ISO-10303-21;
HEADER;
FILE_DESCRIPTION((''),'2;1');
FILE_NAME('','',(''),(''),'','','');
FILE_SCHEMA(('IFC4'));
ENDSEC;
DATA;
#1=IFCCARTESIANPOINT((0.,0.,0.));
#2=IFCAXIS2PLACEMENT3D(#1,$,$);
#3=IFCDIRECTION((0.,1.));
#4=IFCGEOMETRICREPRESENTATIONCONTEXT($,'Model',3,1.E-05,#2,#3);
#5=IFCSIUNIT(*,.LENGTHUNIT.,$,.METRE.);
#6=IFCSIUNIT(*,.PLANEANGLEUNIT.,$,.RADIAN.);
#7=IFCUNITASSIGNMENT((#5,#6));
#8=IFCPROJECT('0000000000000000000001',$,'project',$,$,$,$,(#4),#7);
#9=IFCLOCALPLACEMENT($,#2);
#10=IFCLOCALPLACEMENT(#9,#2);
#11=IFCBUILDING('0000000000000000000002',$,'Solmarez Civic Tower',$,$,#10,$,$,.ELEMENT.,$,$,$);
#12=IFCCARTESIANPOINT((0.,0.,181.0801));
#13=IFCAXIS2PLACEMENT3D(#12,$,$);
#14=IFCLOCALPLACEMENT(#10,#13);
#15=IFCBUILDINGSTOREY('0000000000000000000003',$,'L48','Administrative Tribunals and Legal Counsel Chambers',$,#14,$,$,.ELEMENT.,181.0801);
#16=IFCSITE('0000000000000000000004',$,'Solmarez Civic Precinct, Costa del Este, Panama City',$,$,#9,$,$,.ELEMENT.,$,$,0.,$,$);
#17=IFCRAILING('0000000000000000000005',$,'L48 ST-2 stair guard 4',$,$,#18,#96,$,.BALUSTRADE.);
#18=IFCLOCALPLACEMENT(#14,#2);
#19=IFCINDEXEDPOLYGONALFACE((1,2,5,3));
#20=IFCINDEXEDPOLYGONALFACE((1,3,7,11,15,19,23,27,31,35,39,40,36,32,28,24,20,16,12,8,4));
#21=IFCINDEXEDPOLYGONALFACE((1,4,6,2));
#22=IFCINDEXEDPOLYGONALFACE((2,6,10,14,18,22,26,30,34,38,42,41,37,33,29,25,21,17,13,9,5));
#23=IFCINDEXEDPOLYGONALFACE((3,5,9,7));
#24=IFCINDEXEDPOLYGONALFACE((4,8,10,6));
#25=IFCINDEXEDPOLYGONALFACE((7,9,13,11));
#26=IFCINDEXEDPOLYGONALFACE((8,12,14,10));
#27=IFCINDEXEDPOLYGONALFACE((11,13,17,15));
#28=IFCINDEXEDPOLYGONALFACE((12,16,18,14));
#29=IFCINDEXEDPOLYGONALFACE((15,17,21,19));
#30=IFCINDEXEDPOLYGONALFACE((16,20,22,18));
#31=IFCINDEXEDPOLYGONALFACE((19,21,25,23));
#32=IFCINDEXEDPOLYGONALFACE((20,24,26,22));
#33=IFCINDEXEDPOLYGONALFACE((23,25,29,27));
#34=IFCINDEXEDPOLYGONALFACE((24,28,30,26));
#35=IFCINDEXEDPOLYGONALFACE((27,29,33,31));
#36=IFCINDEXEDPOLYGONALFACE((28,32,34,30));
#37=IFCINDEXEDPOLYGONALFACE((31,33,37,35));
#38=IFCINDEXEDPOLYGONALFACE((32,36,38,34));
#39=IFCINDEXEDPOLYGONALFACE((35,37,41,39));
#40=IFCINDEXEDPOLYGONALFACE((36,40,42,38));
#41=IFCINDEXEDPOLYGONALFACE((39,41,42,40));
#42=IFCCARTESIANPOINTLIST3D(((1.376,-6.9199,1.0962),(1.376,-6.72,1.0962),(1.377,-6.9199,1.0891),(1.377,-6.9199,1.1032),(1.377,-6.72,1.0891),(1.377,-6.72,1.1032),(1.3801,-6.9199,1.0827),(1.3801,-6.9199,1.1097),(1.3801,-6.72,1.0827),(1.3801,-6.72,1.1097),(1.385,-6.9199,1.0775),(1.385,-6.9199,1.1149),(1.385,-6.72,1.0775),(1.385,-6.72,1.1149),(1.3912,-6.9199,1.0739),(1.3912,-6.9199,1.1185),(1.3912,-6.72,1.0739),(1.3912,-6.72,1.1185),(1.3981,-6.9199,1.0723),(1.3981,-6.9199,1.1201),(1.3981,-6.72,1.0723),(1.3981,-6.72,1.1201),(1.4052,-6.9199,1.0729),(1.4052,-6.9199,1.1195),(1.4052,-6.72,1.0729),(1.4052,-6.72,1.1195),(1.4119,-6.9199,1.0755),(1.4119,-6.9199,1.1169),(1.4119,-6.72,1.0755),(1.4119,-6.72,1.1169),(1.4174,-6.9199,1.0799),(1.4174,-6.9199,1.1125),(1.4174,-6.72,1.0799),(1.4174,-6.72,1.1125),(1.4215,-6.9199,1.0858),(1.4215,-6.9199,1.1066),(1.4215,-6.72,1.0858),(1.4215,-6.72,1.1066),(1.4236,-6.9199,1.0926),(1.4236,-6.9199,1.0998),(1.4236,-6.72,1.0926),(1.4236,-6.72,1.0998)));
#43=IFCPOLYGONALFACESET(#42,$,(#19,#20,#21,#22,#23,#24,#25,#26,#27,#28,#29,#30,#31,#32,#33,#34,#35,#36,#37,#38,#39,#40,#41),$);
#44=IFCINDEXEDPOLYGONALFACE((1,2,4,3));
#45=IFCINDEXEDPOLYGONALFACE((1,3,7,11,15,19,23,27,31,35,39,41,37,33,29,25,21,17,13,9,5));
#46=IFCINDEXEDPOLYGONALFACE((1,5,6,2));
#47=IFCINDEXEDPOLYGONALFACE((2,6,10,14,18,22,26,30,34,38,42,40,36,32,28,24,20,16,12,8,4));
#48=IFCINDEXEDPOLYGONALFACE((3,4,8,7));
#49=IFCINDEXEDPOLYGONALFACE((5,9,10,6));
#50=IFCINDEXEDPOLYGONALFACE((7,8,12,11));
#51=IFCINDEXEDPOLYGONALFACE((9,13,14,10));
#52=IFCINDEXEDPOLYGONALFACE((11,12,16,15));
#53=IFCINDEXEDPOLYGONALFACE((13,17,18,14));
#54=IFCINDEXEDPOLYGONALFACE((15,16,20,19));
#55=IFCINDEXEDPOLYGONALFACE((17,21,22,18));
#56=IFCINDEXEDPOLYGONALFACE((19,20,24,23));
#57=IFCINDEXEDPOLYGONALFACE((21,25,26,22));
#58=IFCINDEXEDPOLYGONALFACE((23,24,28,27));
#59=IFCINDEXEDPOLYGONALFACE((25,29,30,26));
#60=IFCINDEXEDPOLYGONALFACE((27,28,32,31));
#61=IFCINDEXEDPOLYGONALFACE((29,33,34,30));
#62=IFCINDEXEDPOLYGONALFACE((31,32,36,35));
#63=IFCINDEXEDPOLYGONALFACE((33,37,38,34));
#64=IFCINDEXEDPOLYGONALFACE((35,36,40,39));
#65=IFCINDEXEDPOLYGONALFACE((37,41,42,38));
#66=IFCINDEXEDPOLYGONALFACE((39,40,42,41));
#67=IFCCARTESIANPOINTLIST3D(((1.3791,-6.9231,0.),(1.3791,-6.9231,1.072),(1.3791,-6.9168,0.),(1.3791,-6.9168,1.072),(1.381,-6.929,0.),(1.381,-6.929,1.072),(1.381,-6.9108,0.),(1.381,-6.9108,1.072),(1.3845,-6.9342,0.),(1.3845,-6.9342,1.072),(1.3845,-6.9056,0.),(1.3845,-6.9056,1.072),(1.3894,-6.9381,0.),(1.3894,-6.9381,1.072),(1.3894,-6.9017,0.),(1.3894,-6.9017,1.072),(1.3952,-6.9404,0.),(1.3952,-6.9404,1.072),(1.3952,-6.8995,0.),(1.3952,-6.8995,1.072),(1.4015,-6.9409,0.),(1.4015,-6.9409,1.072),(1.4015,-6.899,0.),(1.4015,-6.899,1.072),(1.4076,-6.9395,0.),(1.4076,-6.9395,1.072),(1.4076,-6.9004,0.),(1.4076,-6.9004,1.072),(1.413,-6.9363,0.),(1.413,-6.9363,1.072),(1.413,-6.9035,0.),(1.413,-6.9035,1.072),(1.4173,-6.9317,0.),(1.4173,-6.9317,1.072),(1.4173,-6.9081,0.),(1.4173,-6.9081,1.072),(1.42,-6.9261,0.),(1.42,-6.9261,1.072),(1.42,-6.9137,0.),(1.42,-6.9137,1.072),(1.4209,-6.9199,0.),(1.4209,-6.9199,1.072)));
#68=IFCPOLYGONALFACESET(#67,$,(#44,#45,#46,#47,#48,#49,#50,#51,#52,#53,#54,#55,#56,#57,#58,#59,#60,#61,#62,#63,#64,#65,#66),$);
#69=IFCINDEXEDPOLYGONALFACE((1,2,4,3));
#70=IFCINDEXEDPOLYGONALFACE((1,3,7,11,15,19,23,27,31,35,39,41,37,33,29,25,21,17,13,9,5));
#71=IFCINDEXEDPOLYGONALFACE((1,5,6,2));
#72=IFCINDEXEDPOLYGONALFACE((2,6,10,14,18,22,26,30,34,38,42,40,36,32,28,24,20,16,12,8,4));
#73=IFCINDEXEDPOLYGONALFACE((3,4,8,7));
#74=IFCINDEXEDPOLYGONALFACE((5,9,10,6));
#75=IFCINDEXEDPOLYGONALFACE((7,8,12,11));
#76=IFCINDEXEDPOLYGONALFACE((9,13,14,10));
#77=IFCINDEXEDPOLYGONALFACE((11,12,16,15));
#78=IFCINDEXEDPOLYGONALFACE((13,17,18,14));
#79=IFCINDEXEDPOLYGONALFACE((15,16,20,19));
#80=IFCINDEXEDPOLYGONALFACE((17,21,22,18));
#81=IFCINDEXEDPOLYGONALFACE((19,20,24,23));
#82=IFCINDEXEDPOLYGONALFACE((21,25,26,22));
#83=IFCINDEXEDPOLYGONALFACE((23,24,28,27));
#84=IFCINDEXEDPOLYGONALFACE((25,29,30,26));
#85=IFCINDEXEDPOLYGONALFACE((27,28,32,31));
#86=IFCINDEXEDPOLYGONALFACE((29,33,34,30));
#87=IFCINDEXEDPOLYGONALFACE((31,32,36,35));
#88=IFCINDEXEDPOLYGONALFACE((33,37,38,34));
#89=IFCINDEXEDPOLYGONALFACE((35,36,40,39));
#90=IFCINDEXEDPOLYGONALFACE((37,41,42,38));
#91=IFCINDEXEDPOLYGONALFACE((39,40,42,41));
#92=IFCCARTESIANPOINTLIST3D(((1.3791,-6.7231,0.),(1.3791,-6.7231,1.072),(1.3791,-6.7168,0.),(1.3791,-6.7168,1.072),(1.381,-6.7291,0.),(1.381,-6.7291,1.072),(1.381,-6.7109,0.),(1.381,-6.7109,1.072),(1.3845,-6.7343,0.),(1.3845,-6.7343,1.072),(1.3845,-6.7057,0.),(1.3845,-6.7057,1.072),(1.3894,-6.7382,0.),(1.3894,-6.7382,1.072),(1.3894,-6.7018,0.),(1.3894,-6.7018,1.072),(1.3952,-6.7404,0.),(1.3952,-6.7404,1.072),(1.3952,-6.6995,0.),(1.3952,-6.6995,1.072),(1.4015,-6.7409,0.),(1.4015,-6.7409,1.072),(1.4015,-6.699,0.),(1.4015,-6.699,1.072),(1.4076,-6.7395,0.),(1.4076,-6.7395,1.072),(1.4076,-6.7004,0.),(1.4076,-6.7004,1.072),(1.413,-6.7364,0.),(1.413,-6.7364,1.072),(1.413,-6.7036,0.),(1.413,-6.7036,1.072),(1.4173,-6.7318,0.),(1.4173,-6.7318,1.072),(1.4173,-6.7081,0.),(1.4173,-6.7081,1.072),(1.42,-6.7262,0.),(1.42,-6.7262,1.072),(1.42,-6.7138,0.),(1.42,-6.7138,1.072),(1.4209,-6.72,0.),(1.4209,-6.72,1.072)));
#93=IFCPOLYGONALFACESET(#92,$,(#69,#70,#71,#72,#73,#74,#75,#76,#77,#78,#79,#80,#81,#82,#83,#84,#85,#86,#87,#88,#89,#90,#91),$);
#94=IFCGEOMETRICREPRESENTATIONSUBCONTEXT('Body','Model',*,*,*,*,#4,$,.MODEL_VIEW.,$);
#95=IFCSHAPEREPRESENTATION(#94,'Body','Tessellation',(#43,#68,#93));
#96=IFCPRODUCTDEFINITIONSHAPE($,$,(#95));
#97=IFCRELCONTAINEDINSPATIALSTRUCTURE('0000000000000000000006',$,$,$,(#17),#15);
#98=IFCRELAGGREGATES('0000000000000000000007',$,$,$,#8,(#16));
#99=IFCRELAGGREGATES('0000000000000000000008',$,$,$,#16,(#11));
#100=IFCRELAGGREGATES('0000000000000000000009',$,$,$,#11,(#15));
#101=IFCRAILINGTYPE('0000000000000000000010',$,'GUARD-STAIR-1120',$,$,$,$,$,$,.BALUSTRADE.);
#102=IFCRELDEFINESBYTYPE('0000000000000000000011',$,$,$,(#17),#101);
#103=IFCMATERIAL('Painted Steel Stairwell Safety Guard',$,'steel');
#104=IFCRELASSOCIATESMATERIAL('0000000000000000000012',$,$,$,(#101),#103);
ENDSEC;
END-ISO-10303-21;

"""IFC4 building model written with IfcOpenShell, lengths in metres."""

from ifc_helpers import new_model, si_unit, direction, frame, origin, origin_2d, place, context, subcontext, project, spatial, circle, extrude, material, type_object, element, save


model = new_model("IFC4")

# Units and contexts
model_context = context("Model", 3, precision=1e-05, world=origin(), true_north=direction((0.0, 1.0)))
body_context = subcontext(model_context, "Body", "Model", "MODEL_VIEW")
ifc_project = project(units=[si_unit("LENGTHUNIT", "METRE"), si_unit("PLANEANGLEUNIT", "RADIAN")], contexts=[model_context])

# Site, building, storey
site_placement = place(None, origin())
site = spatial("IfcSite", under=ifc_project, at=site_placement, Name="Solmarez Civic Precinct, Costa del Este, Panama City", CompositionType="ELEMENT", RefElevation=0.0)
building_placement = place(site_placement, origin())
building = spatial("IfcBuilding", under=site, at=building_placement, Name="Solmarez Civic Tower", CompositionType="ELEMENT")
storey_placement = place(building_placement, frame((0.0, 0.0, 181.0801)))
storey = spatial("IfcBuildingStorey", under=building, at=storey_placement, Name="L48", Description="Administrative Tribunals and Legal Counsel Chambers", CompositionType="ELEMENT", Elevation=181.0801)

# Railing
ifc_material_1 = material(Name="Painted Steel Stairwell Safety Guard", Category="steel")
railing_type_1 = type_object("IfcRailingType", Name="GUARD-STAIR-1120", PredefinedType="BALUSTRADE", material=ifc_material_1)
railing_1_placement = place(storey_placement, frame((1.3999, -6.9199, 0.0)))
element("IfcRailing", 1, at=railing_1_placement, inside=storey, type_object=railing_type_1, Name="L48 ST-2 stair guard 4", PredefinedType="BALUSTRADE", context=body_context, shape_type="SweptSolid", body=[
    extrude(circle(Radius=0.0239, at=origin_2d()), frame((0.0, 0.0, 1.0962), z_axis=(0.0, 1.0, 0.0), x_axis=(-1.0, 0.0, 0.0)), (0.0, 0.0, 1.0), 0.2),
    extrude(circle(Radius=0.021, at=origin_2d()), origin(), (0.0, 0.0, 1.0), 1.072),
    extrude(circle(Radius=0.021, at=origin_2d()), frame((0.0, 0.2, 0.0)), (0.0, 0.0, 1.0), 1.072),
])

save(model, "model.ifc")
